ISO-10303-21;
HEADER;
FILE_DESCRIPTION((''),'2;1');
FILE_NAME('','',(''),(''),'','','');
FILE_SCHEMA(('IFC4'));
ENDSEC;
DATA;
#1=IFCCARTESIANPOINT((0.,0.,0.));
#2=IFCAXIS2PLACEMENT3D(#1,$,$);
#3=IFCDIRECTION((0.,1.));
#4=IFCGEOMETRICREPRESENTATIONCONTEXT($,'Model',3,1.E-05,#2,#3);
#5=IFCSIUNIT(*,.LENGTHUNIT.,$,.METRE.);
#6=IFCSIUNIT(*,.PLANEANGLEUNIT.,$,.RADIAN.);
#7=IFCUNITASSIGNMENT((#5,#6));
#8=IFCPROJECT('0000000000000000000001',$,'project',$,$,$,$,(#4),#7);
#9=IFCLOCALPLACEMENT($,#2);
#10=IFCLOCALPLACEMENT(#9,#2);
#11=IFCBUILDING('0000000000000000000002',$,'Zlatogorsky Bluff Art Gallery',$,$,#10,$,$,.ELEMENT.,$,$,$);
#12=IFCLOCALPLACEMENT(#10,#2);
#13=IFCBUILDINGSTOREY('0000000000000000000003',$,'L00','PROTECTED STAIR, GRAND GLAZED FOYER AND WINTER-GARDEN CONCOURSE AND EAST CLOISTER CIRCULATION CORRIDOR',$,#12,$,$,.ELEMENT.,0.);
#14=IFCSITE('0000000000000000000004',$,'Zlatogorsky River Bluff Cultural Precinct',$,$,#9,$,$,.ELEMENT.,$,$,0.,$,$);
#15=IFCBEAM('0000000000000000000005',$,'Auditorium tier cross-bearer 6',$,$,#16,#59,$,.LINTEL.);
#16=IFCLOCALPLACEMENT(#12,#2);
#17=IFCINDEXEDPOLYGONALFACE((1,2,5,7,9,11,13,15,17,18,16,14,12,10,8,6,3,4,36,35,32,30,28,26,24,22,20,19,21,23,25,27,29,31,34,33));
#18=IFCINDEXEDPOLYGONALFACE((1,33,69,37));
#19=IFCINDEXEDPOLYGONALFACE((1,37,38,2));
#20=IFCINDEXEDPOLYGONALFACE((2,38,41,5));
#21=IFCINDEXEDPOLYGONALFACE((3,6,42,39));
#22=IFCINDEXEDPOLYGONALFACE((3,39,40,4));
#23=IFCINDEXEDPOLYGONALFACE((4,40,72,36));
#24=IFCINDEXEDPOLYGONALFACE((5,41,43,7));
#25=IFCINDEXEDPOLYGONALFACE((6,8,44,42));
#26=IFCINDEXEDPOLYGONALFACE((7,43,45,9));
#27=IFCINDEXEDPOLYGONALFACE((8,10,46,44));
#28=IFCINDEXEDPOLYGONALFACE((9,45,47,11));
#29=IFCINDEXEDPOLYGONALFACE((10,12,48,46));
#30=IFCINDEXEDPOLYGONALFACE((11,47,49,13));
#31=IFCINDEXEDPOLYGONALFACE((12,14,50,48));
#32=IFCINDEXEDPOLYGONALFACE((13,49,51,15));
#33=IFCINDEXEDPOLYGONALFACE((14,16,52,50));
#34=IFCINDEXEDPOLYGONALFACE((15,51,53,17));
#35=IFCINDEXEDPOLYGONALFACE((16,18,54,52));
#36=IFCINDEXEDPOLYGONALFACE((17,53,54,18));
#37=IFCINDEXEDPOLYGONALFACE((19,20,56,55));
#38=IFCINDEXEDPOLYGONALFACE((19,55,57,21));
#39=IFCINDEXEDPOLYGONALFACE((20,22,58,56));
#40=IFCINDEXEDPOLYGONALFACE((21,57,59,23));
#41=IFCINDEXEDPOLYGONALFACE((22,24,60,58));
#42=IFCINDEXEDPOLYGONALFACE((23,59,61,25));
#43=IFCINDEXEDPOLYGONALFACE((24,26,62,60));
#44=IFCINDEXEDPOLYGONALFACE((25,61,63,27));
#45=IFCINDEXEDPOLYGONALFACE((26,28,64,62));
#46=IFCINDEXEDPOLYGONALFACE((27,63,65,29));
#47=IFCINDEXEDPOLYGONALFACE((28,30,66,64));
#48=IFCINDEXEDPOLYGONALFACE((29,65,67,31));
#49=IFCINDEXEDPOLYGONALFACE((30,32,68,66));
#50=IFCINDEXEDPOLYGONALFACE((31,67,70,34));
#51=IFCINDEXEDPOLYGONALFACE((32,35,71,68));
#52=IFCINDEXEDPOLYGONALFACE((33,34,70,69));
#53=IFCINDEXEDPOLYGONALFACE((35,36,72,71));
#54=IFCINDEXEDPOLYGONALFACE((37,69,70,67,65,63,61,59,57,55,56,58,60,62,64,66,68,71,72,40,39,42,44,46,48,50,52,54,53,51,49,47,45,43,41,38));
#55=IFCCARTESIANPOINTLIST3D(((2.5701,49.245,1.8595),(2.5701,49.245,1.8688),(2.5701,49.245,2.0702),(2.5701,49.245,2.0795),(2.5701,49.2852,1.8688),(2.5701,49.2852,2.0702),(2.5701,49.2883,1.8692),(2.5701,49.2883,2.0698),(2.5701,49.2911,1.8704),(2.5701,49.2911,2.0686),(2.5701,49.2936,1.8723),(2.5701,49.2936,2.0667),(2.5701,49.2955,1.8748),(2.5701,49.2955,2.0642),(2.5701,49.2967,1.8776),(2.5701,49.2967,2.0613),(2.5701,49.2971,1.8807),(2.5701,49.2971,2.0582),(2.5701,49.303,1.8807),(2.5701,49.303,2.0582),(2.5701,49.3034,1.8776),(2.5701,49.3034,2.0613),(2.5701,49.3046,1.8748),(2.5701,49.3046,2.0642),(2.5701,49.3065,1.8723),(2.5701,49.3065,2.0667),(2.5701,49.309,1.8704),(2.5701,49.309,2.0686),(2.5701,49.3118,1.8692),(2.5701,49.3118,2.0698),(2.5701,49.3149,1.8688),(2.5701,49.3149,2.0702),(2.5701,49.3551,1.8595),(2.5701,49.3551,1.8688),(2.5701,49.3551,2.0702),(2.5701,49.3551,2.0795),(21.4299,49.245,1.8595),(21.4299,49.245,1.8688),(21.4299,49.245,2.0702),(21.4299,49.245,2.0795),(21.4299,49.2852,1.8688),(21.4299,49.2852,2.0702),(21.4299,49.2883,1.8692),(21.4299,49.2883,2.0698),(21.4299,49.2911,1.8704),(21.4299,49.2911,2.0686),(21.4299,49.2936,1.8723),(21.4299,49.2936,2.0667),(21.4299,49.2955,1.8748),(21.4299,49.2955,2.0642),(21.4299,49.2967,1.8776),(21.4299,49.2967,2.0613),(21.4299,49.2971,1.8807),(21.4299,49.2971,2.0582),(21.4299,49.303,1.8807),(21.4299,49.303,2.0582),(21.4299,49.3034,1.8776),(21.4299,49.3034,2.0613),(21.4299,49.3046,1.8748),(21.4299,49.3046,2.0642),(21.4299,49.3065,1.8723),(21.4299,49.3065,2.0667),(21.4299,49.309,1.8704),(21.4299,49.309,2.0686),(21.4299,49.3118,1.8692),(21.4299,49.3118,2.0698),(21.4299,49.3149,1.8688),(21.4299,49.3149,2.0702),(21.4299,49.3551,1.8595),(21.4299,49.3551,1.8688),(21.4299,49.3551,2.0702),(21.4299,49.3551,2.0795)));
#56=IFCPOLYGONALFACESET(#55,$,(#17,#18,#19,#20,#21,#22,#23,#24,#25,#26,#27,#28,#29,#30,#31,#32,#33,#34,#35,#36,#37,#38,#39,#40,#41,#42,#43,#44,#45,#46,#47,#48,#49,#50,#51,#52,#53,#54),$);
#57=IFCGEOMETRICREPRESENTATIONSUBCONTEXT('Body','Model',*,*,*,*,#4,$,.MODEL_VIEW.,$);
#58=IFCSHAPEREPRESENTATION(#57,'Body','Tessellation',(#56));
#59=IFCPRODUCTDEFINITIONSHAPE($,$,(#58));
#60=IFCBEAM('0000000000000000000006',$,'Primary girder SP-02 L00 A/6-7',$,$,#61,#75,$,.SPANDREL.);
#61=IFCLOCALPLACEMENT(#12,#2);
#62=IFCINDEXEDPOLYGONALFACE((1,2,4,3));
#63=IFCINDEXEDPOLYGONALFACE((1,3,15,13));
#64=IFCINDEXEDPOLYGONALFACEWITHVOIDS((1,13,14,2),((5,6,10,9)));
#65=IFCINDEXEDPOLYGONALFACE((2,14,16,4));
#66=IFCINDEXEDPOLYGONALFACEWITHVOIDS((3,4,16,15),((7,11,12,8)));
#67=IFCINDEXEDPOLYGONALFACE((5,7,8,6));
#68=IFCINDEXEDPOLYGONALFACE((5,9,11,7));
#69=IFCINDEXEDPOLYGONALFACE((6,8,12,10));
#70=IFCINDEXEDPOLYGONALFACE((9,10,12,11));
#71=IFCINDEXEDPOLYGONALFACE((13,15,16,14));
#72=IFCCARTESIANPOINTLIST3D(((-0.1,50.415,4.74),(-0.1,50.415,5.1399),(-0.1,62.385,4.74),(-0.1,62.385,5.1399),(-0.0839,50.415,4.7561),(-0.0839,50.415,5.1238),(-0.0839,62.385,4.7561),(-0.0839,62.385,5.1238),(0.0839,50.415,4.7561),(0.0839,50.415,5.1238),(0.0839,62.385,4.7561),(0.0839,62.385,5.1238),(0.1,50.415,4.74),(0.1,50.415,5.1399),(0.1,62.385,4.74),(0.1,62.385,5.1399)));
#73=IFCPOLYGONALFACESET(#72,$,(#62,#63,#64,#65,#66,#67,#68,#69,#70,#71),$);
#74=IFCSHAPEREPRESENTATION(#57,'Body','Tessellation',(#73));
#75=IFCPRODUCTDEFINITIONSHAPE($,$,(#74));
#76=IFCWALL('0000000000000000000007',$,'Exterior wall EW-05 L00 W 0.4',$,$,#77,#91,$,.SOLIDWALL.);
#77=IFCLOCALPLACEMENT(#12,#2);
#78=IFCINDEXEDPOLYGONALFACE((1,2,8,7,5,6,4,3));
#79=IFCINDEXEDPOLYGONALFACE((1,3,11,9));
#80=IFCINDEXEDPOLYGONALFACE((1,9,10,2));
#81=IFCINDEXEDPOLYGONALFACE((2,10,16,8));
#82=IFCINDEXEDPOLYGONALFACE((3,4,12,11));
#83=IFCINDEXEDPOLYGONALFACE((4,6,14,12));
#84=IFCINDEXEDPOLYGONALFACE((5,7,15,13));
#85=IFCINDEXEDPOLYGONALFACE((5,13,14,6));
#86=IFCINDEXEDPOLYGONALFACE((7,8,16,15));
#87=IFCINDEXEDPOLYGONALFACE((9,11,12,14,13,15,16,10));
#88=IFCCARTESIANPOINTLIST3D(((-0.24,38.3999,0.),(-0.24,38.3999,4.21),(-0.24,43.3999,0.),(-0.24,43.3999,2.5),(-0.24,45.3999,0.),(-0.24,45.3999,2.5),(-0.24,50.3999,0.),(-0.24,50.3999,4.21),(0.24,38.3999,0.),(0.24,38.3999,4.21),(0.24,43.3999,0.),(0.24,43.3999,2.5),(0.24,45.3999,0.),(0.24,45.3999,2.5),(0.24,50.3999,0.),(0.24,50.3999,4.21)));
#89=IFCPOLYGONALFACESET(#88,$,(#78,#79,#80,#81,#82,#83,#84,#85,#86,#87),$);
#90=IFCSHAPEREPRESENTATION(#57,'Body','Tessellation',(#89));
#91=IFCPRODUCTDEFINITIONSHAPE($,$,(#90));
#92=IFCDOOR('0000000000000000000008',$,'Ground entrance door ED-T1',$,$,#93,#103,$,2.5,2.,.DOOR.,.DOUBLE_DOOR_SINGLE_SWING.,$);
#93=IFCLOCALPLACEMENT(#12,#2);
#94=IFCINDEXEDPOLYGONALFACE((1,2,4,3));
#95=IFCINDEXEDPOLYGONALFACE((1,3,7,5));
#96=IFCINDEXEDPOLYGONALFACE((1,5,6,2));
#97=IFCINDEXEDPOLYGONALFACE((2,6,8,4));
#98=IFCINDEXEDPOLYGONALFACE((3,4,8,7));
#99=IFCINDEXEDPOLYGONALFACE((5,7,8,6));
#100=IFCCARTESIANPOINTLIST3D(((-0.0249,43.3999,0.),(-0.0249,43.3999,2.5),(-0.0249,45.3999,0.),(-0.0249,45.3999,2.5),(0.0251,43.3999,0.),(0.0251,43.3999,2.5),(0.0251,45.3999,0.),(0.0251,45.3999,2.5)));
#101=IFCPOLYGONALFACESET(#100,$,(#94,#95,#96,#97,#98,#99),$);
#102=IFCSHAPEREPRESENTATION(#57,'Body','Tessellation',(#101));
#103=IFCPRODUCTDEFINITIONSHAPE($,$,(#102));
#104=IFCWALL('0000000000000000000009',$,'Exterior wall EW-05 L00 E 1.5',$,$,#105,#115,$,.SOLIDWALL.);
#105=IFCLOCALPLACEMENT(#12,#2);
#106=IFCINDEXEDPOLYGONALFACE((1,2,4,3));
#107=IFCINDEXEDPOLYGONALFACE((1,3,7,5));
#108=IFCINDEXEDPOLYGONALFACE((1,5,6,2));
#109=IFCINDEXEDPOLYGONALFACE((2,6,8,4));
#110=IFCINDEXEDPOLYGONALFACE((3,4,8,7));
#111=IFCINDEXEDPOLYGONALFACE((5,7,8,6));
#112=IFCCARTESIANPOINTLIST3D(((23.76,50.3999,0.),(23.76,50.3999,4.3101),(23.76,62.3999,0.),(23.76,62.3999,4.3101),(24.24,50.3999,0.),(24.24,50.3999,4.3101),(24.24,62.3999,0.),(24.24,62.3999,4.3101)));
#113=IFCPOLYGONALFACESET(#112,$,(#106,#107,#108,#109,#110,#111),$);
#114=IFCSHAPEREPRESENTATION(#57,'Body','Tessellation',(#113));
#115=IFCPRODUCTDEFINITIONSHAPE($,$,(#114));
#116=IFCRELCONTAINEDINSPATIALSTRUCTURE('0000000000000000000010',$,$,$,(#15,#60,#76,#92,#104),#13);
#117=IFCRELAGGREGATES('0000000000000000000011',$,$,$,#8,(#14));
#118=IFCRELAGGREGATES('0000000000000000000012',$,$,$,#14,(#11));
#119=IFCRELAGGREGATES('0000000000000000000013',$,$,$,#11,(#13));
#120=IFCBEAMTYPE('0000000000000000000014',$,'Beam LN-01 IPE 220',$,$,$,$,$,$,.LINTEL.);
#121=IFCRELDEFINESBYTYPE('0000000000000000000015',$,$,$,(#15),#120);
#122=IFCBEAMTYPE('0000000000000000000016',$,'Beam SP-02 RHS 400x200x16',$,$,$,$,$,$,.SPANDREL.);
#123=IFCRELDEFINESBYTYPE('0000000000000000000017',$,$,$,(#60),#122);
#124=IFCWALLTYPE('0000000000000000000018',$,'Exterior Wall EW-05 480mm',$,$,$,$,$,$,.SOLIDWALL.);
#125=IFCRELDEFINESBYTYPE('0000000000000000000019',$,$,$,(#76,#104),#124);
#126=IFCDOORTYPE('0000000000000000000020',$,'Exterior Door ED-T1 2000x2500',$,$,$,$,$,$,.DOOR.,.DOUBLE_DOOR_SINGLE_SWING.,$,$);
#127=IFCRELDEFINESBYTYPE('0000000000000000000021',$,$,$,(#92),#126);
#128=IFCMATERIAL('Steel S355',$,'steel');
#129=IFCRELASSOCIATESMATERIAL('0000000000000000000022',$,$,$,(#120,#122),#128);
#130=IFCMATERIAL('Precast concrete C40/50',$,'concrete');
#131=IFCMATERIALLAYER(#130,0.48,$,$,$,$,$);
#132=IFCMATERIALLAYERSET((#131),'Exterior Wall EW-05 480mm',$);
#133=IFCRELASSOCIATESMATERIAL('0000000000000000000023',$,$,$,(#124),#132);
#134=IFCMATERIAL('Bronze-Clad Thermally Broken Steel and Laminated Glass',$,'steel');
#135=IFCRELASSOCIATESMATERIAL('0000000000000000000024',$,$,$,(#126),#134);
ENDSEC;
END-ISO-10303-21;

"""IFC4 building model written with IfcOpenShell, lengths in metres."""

from ifc_helpers import new_model, si_unit, direction, frame, frame_2d, origin, origin_2d, place, context, subcontext, project, spatial, rectangle, hollow_rectangle, i_section, extrude, material, layer, layer_set, material_profile, profile_set, type_object, element, fill, save


model = new_model("IFC4")

# Units and contexts
model_context = context("Model", 3, precision=1e-05, world=origin(), true_north=direction((0.0, 1.0)))
body_context = subcontext(model_context, "Body", "Model", "MODEL_VIEW")
ifc_project = project(units=[si_unit("LENGTHUNIT", "METRE"), si_unit("PLANEANGLEUNIT", "RADIAN")], contexts=[model_context])

# Site, building, storey
site_placement = place(None, origin())
site = spatial("IfcSite", under=ifc_project, at=site_placement, Name="Zlatogorsky River Bluff Cultural Precinct", CompositionType="ELEMENT", RefElevation=0.0)
building_placement = place(site_placement, origin())
building = spatial("IfcBuilding", under=site, at=building_placement, Name="Zlatogorsky Bluff Art Gallery", CompositionType="ELEMENT")
storey_placement = place(building_placement, origin())
storey = spatial("IfcBuildingStorey", under=building, at=storey_placement, Name="L00", Description="PROTECTED STAIR, GRAND GLAZED FOYER AND WINTER-GARDEN CONCOURSE AND EAST CLOISTER CIRCULATION CORRIDOR", CompositionType="ELEMENT", Elevation=0.0)

# Shared definitions
ifc_material_1 = material(Name="Steel S355", Category="steel")

# Beams
ifc_material_profile_1 = material_profile(ifc_material_1, i_section(OverallWidth=0.1101, OverallDepth=0.22, WebThickness=0.0059, FlangeThickness=0.0093, FilletRadius=0.012, at=origin_2d()), Name="IPE 220")
ifc_profile_set_1 = profile_set([ifc_material_profile_1], Name="Steel S355")
beam_type_1 = type_object("IfcBeamType", Name="Beam LN-01 IPE 220", PredefinedType="LINTEL", material=ifc_profile_set_1)
for number, where, z_axis, x_axis, name in (
    (1, (2.5701, 49.3, 1.9695), (1.0, 0.0, 0.0), (0.0, 1.0, 0.0), "Auditorium tier cross-bearer 6"),
):
    element("IfcBeam", number, at=place(storey_placement, frame(where, z_axis=z_axis, x_axis=x_axis)), inside=storey, type_object=beam_type_1, Name=name, PredefinedType="LINTEL", context=body_context, shape_type="SweptSolid", body=[
        extrude(i_section(OverallWidth=0.1101, OverallDepth=0.22, WebThickness=0.0059, FlangeThickness=0.0093, FilletRadius=0.012, at=origin_2d()), origin(), (0.0, 0.0, 1.0), 18.8599),
    ])
ifc_material_profile_2 = material_profile(ifc_material_1, hollow_rectangle(XDim=0.2, YDim=0.3999, WallThickness=0.0161, at=origin_2d()), Name="RHS 400x200x16")
ifc_profile_set_2 = profile_set([ifc_material_profile_2], Name="Steel S355")
beam_type_2 = type_object("IfcBeamType", Name="Beam SP-02 RHS 400x200x16", PredefinedType="SPANDREL", material=ifc_profile_set_2)
beam_1_placement = place(storey_placement, frame((0.0, 50.415, 4.9399), z_axis=(0.0, 1.0, 0.0), x_axis=(-1.0, 0.0, 0.0)))
element("IfcBeam", 2, at=beam_1_placement, inside=storey, type_object=beam_type_2, Name="Primary girder SP-02 L00 A/6-7", PredefinedType="SPANDREL", context=body_context, shape_type="SweptSolid", body=[
    extrude(hollow_rectangle(XDim=0.2, YDim=0.3999, WallThickness=0.0161, at=origin_2d()), origin(), (0.0, 0.0, 1.0), 11.97),
])

# Wall, opening, door
ifc_material_2 = material(Name="Precast concrete C40/50", Category="concrete")
ifc_layer = layer(ifc_material_2, 0.48)
ifc_layer_set = layer_set([ifc_layer], Name="Exterior Wall EW-05 480mm")
wall_type = type_object("IfcWallType", Name="Exterior Wall EW-05 480mm", PredefinedType="SOLIDWALL", material=ifc_layer_set)
wall_1_placement = place(storey_placement, frame((0.0, 50.3999, 0.0), z_axis=(0.0, 0.0, 1.0), x_axis=(0.0, -1.0, 0.0)))
wall_1 = element("IfcWall", 3, at=wall_1_placement, inside=storey, type_object=wall_type, Name="Exterior wall EW-05 L00 W 0.4", PredefinedType="SOLIDWALL", context=body_context, shape_type="SweptSolid", body=[
    extrude(rectangle(XDim=12.0, YDim=0.48, at=frame_2d((6.0, 0.0))), origin(), (0.0, 0.0, 1.0), 4.21),
])
opening_placement = place(wall_1_placement, frame((5.0, 0.0, 0.0)))
opening = element("IfcOpeningElement", 4, at=opening_placement, cuts=wall_1, PredefinedType="OPENING", context=body_context, shape_type="SweptSolid", body=[
    extrude(rectangle(XDim=2.0, YDim=2.5, at=frame_2d((1.0, 1.25))), frame((0.0, 0.25, 0.0), z_axis=(0.0, -1.0, 0.0), x_axis=(1.0, 0.0, 0.0)), (0.0, 0.0, 1.0), 0.5),
])
ifc_material_3 = material(Name="Bronze-Clad Thermally Broken Steel and Laminated Glass", Category="steel")
door_type = type_object("IfcDoorType", Name="Exterior Door ED-T1 2000x2500", OperationType="DOUBLE_DOOR_SINGLE_SWING", PredefinedType="DOOR", material=ifc_material_3)
door_placement = place(opening_placement, frame((2.0, 0.0, 0.0), z_axis=(0.0, 0.0, 1.0), x_axis=(-1.0, 0.0, 0.0)))
door = element("IfcDoor", 5, at=door_placement, inside=storey, type_object=door_type, Name="Ground entrance door ED-T1", OperationType="DOUBLE_DOOR_SINGLE_SWING", OverallHeight=2.5, OverallWidth=2.0, PredefinedType="DOOR", context=body_context, shape_type="SweptSolid", body=[
    extrude(rectangle(XDim=2.0, YDim=2.5, at=frame_2d((1.0, 1.25))), frame((0.0, 0.0249, 0.0), z_axis=(0.0, -1.0, 0.0), x_axis=(1.0, 0.0, 0.0)), (0.0, 0.0, 1.0), 0.05),
])
fill(opening, door)

# Wall
wall_2_placement = place(storey_placement, frame((24.0, 50.3999, 0.0), z_axis=(0.0, 0.0, 1.0), x_axis=(0.0, 1.0, 0.0)))
element("IfcWall", 6, at=wall_2_placement, inside=storey, type_object=wall_type, Name="Exterior wall EW-05 L00 E 1.5", PredefinedType="SOLIDWALL", context=body_context, shape_type="SweptSolid", body=[
    extrude(rectangle(XDim=12.0, YDim=0.48, at=frame_2d((6.0, 0.0))), origin(), (0.0, 0.0, 1.0), 4.3101),
])

save(model, "model.ifc")
